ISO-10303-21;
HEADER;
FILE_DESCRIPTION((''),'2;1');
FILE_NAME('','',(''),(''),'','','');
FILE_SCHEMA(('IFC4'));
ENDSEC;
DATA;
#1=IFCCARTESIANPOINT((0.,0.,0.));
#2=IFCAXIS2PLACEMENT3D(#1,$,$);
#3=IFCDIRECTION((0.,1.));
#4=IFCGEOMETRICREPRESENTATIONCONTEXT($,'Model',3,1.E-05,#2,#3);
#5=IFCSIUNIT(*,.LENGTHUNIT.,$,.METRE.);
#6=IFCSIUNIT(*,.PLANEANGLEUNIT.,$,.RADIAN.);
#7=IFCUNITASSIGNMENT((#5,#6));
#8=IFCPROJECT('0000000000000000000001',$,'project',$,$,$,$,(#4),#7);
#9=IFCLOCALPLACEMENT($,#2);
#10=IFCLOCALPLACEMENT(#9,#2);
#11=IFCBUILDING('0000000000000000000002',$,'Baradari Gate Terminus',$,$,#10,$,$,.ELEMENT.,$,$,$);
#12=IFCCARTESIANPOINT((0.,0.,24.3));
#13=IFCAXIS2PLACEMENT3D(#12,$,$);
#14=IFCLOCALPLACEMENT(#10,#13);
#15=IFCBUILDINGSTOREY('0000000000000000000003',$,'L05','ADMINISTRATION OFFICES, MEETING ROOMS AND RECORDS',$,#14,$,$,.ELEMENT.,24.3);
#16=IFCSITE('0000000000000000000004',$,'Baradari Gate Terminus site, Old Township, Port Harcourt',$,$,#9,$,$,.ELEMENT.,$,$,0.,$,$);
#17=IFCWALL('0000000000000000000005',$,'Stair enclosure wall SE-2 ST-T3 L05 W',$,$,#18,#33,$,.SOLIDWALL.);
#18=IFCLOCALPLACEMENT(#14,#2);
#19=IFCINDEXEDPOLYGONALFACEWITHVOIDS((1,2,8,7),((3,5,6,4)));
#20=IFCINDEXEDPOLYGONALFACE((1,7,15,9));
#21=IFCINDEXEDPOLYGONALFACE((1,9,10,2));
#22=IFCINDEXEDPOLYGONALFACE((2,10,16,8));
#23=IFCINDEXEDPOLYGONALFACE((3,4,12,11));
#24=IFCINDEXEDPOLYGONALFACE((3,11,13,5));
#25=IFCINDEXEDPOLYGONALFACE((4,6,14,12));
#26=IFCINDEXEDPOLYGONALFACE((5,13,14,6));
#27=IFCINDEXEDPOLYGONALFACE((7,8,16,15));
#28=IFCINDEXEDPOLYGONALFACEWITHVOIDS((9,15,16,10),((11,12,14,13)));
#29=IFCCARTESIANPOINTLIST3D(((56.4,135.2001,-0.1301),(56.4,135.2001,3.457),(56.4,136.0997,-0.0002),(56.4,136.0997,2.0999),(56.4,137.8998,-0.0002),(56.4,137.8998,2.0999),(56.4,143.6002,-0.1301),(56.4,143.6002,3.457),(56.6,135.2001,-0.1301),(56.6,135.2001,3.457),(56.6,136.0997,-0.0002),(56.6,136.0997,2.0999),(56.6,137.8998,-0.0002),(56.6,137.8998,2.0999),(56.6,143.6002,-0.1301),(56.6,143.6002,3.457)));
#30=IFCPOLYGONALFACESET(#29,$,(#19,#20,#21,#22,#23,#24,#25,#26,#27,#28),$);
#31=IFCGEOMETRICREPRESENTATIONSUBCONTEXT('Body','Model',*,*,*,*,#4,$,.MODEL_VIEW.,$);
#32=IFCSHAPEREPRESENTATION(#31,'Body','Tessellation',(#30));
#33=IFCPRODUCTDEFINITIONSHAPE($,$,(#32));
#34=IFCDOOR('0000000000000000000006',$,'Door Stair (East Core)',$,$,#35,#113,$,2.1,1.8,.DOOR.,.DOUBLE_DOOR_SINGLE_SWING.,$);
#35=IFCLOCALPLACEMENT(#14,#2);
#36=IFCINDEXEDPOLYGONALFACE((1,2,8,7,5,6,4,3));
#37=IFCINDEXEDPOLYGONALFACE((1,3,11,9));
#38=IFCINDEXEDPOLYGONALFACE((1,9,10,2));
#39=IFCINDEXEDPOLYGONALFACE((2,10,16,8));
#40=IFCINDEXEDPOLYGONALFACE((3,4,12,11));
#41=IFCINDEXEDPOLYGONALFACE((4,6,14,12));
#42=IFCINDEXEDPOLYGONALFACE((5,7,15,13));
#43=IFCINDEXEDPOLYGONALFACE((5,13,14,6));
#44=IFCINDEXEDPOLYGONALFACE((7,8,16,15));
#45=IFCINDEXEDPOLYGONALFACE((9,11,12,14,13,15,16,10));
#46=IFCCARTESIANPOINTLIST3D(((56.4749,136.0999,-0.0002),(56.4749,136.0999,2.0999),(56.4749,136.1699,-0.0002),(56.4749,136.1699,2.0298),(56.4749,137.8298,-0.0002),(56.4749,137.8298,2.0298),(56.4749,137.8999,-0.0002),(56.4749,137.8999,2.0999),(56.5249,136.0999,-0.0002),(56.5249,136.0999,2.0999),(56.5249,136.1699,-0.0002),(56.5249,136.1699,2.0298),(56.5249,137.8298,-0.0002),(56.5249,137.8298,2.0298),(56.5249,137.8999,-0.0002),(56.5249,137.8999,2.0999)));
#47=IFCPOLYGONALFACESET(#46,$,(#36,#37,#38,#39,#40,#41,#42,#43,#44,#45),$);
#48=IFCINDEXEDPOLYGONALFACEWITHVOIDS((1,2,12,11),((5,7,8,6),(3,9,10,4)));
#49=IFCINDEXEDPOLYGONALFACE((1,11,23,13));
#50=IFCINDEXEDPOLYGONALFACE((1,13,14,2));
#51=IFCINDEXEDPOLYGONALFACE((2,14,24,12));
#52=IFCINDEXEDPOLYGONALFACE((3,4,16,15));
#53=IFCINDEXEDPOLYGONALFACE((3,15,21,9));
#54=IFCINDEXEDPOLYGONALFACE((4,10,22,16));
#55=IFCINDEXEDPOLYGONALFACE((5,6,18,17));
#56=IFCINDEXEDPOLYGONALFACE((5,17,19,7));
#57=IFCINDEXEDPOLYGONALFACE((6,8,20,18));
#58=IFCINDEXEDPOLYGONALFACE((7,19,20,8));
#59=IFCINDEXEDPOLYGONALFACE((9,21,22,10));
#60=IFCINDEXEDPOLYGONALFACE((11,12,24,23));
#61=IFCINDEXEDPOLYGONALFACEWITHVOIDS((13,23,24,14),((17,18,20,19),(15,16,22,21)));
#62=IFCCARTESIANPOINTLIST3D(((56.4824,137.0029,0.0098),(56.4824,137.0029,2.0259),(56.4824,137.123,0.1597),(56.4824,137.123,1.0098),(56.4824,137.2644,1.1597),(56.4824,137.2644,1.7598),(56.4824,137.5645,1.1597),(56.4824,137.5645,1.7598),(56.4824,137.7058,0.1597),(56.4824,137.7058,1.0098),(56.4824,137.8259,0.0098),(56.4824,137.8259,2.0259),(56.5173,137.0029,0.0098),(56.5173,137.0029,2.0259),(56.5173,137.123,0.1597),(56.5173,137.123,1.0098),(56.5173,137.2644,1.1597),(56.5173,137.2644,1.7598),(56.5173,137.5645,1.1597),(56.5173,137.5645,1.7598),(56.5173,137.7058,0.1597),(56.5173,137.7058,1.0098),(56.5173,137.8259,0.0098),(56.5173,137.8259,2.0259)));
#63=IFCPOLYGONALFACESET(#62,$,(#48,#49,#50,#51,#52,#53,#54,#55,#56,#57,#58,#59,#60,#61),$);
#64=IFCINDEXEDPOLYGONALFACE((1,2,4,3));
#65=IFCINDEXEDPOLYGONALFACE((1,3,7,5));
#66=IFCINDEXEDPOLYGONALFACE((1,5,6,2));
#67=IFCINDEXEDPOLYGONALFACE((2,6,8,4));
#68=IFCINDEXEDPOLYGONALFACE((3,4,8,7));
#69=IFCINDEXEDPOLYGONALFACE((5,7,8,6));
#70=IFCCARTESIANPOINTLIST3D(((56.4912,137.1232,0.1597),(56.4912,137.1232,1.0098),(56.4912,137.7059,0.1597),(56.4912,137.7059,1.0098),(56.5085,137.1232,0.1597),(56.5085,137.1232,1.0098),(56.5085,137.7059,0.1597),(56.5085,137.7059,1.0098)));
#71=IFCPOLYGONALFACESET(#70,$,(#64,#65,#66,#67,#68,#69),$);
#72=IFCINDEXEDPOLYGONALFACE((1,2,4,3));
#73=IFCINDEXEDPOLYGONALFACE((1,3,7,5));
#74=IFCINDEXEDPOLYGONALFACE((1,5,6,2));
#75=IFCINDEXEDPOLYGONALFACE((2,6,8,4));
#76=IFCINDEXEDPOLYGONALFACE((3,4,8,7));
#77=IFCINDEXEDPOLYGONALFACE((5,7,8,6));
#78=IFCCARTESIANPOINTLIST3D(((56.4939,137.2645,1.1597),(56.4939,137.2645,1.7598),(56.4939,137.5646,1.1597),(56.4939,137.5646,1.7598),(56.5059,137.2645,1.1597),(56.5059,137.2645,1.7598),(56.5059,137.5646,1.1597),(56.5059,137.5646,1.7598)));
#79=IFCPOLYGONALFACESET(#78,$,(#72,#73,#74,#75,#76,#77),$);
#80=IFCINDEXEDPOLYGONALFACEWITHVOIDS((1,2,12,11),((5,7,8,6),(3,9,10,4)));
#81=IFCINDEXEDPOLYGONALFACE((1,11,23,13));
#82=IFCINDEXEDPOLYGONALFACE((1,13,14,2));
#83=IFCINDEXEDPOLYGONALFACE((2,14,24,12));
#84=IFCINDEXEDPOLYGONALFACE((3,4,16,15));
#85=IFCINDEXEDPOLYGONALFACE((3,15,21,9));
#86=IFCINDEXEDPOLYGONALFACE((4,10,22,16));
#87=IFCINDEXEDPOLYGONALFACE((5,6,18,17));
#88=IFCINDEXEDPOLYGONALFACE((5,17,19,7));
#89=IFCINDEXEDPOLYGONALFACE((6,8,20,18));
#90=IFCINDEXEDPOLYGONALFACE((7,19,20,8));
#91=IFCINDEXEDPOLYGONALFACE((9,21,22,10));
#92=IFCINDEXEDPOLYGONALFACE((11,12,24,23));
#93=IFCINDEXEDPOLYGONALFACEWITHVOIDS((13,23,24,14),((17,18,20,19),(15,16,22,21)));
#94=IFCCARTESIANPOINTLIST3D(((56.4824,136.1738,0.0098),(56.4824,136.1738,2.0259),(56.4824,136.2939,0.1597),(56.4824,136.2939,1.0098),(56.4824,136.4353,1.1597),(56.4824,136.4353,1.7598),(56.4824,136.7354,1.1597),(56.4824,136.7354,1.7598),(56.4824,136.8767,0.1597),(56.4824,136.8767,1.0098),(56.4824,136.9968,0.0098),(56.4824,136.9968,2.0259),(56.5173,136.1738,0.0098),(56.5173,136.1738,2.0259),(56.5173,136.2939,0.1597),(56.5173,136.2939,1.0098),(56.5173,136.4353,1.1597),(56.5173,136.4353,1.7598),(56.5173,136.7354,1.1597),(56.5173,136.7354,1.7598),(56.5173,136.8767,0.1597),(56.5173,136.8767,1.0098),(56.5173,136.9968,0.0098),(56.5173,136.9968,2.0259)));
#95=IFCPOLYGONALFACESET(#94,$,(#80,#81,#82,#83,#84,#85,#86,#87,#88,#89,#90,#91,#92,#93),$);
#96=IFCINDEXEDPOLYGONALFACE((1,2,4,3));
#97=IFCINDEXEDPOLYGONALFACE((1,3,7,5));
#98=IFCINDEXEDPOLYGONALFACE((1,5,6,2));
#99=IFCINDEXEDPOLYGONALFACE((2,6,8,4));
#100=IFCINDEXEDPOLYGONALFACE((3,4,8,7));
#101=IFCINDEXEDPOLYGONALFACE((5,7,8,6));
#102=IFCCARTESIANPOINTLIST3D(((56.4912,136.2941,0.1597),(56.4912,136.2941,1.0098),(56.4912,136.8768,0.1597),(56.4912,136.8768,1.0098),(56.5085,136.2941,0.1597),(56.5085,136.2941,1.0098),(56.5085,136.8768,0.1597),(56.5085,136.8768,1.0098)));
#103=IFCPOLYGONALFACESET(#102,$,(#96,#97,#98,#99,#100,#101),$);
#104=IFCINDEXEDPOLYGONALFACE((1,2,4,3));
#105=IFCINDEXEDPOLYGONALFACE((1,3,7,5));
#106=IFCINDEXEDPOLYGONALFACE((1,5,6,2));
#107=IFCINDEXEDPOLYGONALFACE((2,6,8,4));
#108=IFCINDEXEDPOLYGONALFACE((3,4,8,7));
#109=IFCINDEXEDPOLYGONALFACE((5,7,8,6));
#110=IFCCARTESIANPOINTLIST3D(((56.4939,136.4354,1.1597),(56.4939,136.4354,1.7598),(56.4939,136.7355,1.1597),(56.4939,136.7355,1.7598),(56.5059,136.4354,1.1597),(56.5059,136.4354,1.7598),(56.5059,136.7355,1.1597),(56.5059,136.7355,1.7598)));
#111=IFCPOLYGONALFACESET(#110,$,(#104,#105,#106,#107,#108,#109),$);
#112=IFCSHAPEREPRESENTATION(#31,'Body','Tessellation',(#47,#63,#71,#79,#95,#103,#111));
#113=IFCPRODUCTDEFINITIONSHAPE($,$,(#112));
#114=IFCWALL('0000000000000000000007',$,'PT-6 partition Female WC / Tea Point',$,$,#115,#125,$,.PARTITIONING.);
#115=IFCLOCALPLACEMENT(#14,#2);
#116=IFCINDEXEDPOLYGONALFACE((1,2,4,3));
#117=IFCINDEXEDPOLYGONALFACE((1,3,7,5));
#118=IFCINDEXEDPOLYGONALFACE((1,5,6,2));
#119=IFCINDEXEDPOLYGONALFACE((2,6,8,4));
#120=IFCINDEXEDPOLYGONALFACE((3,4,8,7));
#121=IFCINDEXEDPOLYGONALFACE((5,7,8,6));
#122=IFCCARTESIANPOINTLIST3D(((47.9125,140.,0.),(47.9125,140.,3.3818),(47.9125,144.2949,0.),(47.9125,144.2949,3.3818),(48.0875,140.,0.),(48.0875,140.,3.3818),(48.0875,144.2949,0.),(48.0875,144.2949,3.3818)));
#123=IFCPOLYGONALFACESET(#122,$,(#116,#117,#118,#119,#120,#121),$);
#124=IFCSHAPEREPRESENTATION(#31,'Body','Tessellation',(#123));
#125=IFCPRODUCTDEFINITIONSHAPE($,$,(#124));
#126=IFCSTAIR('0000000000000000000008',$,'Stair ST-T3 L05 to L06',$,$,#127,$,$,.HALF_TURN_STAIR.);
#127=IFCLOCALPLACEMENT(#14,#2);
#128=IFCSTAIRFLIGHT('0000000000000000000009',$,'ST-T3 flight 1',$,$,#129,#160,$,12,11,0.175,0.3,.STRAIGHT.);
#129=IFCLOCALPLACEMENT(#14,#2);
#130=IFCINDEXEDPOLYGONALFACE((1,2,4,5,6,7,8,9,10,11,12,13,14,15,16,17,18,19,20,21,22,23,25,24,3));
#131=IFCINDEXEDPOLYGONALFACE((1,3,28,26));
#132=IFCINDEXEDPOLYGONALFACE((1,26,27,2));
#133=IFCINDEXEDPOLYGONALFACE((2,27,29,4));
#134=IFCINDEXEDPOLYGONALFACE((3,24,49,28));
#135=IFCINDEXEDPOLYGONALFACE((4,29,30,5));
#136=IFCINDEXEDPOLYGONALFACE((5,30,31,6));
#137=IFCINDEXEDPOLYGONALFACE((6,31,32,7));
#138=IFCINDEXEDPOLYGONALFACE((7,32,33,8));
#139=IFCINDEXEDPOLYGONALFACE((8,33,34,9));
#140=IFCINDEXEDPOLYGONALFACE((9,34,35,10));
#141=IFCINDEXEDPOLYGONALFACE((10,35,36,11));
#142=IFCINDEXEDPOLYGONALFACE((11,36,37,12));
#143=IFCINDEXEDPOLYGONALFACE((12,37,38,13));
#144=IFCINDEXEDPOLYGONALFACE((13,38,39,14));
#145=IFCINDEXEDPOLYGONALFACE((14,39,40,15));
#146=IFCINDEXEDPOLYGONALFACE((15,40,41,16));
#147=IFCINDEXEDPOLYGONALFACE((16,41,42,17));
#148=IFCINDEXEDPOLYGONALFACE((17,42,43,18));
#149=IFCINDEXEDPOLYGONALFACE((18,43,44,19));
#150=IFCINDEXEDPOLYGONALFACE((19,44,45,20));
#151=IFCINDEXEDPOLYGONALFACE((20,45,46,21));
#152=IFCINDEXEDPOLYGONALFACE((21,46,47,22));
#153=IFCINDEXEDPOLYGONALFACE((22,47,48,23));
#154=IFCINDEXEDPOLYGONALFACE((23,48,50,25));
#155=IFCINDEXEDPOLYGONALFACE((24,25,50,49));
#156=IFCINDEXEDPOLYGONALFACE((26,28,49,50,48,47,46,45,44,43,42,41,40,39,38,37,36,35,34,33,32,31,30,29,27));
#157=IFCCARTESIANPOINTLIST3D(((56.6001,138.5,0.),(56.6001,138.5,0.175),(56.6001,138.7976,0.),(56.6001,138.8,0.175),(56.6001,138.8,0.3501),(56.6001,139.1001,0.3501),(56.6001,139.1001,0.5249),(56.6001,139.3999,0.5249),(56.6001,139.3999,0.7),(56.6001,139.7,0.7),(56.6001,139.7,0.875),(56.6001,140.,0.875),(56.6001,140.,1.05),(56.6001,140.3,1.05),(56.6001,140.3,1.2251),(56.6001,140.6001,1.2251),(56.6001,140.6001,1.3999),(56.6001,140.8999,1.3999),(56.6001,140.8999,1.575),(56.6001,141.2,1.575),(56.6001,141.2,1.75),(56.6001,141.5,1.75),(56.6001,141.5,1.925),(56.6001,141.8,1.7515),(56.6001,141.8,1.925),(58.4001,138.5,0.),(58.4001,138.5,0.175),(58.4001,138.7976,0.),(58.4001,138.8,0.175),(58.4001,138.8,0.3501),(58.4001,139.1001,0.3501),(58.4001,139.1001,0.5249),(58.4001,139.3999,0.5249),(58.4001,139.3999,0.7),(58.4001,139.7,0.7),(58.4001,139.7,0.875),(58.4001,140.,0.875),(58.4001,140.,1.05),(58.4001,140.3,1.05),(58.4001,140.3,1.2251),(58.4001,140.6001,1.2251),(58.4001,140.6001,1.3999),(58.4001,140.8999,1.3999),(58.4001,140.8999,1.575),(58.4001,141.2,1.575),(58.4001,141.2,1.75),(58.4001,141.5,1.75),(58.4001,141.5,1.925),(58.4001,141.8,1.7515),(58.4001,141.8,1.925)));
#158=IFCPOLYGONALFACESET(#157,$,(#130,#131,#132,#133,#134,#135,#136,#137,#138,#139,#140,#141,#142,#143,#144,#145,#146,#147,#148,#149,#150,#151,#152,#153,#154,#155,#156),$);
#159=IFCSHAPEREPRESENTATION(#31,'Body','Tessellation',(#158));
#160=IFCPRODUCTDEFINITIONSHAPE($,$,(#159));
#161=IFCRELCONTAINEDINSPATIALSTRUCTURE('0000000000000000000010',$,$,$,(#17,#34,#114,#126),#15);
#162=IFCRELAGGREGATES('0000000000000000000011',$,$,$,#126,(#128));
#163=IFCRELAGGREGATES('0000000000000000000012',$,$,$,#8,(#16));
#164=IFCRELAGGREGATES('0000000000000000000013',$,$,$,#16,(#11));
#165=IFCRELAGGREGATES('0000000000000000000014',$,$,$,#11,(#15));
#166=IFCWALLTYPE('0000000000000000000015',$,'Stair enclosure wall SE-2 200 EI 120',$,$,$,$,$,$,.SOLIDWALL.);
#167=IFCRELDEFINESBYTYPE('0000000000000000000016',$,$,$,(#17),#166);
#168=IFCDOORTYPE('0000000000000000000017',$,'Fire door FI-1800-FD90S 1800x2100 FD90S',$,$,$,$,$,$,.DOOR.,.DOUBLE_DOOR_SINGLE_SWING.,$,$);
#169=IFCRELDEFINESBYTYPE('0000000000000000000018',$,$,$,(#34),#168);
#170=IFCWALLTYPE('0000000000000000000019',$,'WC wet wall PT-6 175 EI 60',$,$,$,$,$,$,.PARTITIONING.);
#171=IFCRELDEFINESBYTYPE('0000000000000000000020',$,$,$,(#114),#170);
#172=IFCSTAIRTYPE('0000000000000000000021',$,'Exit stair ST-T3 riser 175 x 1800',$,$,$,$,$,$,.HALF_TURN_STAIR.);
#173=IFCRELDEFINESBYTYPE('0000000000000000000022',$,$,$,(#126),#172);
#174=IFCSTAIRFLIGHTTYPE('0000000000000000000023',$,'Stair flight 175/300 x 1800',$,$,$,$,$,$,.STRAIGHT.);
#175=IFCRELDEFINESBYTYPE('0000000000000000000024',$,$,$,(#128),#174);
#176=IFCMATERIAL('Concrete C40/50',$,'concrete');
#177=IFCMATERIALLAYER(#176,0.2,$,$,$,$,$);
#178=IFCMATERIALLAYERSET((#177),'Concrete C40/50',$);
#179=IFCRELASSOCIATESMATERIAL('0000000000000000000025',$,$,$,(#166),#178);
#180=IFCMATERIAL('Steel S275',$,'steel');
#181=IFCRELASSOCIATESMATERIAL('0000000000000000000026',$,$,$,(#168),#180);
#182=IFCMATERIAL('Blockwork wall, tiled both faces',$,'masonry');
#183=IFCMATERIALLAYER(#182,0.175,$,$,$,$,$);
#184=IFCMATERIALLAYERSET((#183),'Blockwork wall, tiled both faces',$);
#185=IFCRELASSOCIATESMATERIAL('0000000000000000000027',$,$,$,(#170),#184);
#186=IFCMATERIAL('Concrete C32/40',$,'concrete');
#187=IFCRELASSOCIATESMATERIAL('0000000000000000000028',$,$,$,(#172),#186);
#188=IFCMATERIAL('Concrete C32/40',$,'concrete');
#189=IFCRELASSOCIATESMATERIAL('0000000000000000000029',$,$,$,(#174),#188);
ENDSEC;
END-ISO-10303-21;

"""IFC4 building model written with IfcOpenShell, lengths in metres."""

from ifc_helpers import new_model, si_unit, direction, frame, frame_2d, origin, place, context, subcontext, project, spatial, polyline, rectangle, outline, extrude, material, layer, layer_set, type_object, element, fill, aggregate, save


model = new_model("IFC4")

# Units and contexts
model_context = context("Model", 3, precision=1e-05, world=origin(), true_north=direction((0.0, 1.0)))
body_context = subcontext(model_context, "Body", "Model", "MODEL_VIEW")
ifc_project = project(units=[si_unit("LENGTHUNIT", "METRE"), si_unit("PLANEANGLEUNIT", "RADIAN")], contexts=[model_context])

# Site, building, storey
site_placement = place(None, origin())
site = spatial("IfcSite", under=ifc_project, at=site_placement, Name="Baradari Gate Terminus site, Old Township, Port Harcourt", CompositionType="ELEMENT", RefElevation=0.0)
building_placement = place(site_placement, origin())
building = spatial("IfcBuilding", under=site, at=building_placement, Name="Baradari Gate Terminus", CompositionType="ELEMENT")
storey_placement = place(building_placement, frame((0.0, 0.0, 24.3)))
storey = spatial("IfcBuildingStorey", under=building, at=storey_placement, Name="L05", Description="ADMINISTRATION OFFICES, MEETING ROOMS AND RECORDS", CompositionType="ELEMENT", Elevation=24.3)

# Shared definitions
ifc_material_1 = material(Name="Concrete C40/50", Category="concrete")
ifc_layer_1 = layer(ifc_material_1, 0.2)
ifc_layer_set_1 = layer_set([ifc_layer_1], Name="Concrete C40/50")
wall_type_1 = type_object("IfcWallType", Name="Stair enclosure wall SE-2 200 EI 120", PredefinedType="SOLIDWALL", material=ifc_layer_set_1)
ifc_material_2 = material(Name="Steel S275", Category="steel")
door_type = type_object("IfcDoorType", Name="Fire door FI-1800-FD90S 1800x2100 FD90S", OperationType="DOUBLE_DOOR_SINGLE_SWING", PredefinedType="DOOR", material=ifc_material_2)

# Wall, opening, door
wall_1_placement = place(storey_placement, frame((56.5, 135.2, -0.1301), z_axis=(0.0, 0.0, 1.0), x_axis=(0.0, 1.0, 0.0)))
wall_1 = element("IfcWall", 1, at=wall_1_placement, inside=storey, type_object=wall_type_1, Name="Stair enclosure wall SE-2 ST-T3 L05 W", PredefinedType="SOLIDWALL", context=body_context, shape_type="SweptSolid", body=[
    extrude(rectangle(XDim=8.4001, YDim=0.2, at=frame_2d((4.2002, 0.0))), origin(), (0.0, 0.0, 1.0), 3.5872),
])
opening_1_placement = place(wall_1_placement, frame((0.8999, 0.0, 0.1299)))
opening_1 = element("IfcOpeningElement", 2, at=opening_1_placement, cuts=wall_1, PredefinedType="OPENING", context=body_context, shape_type="SweptSolid", body=[
    extrude(rectangle(XDim=1.8, YDim=2.1001, at=frame_2d((0.8999, 1.05))), frame((0.0, 0.1099, 0.0), z_axis=(0.0, -1.0, 0.0), x_axis=(1.0, 0.0, 0.0)), (0.0, 0.0, 1.0), 0.22),
])
door_1_placement = place(opening_1_placement, frame((1.8, 0.0, 0.0), z_axis=(0.0, 0.0, 1.0), x_axis=(-1.0, 0.0, 0.0)))
door_1 = element("IfcDoor", 3, at=door_1_placement, inside=storey, type_object=door_type, Name="Door Stair (East Core)", OperationType="DOUBLE_DOOR_SINGLE_SWING", OverallHeight=2.1, OverallWidth=1.8, PredefinedType="DOOR", context=body_context, shape_type="SweptSolid", body=[
    extrude(outline(polyline([(0.0, 0.0), (0.0701, 0.0), (0.0701, 2.03), (1.73, 2.03), (1.73, 0.0), (1.8, 0.0), (1.8, 2.1001), (0.0, 2.1001), (0.0, 0.0)])), frame((0.0, 0.0249, 0.0), z_axis=(0.0, -1.0, 0.0), x_axis=(1.0, 0.0, 0.0)), (0.0, 0.0, 1.0), 0.05),
    extrude(outline(polyline([(0.074, 0.01), (0.897, 0.01), (0.897, 2.0261), (0.074, 2.0261), (0.074, 0.01)]), holes=[polyline([(0.1941, 0.1599), (0.7769, 0.1599), (0.7769, 1.01), (0.1941, 1.01), (0.1941, 0.1599)]), polyline([(0.3354, 1.1599), (0.6355, 1.1599), (0.6355, 1.76), (0.3354, 1.76), (0.3354, 1.1599)])]), frame((0.0, 0.0173, 0.0), z_axis=(0.0, -1.0, 0.0), x_axis=(1.0, 0.0, 0.0)), (0.0, 0.0, 1.0), 0.0349),
    extrude(rectangle(XDim=0.5828, YDim=0.8501, at=frame_2d((0.4854, 0.585))), frame((0.0, 0.0085, 0.0), z_axis=(0.0, -1.0, 0.0), x_axis=(1.0, 0.0, 0.0)), (0.0, 0.0, 1.0), 0.0173),
    extrude(rectangle(XDim=0.3, YDim=0.6001, at=frame_2d((0.4854, 1.46))), frame((0.0, 0.0059, 0.0), z_axis=(0.0, -1.0, 0.0), x_axis=(1.0, 0.0, 0.0)), (0.0, 0.0, 1.0), 0.012),
    extrude(outline(polyline([(0.9031, 0.01), (1.7261, 0.01), (1.7261, 2.0261), (0.9031, 2.0261), (0.9031, 0.01)]), holes=[polyline([(1.0232, 0.1599), (1.606, 0.1599), (1.606, 1.01), (1.0232, 1.01), (1.0232, 0.1599)]), polyline([(1.1646, 1.1599), (1.4646, 1.1599), (1.4646, 1.76), (1.1646, 1.76), (1.1646, 1.1599)])]), frame((0.0, 0.0173, 0.0), z_axis=(0.0, -1.0, 0.0), x_axis=(1.0, 0.0, 0.0)), (0.0, 0.0, 1.0), 0.0349),
    extrude(rectangle(XDim=0.5828, YDim=0.8501, at=frame_2d((1.3145, 0.585))), frame((0.0, 0.0085, 0.0), z_axis=(0.0, -1.0, 0.0), x_axis=(1.0, 0.0, 0.0)), (0.0, 0.0, 1.0), 0.0173),
    extrude(rectangle(XDim=0.3, YDim=0.6001, at=frame_2d((1.3145, 1.46))), frame((0.0, 0.0059, 0.0), z_axis=(0.0, -1.0, 0.0), x_axis=(1.0, 0.0, 0.0)), (0.0, 0.0, 1.0), 0.012),
])
fill(opening_1, door_1)

# Wall
ifc_material_3 = material(Name="Blockwork wall, tiled both faces", Category="masonry")
ifc_layer_2 = layer(ifc_material_3, 0.175)
ifc_layer_set_2 = layer_set([ifc_layer_2], Name="Blockwork wall, tiled both faces")
wall_type_2 = type_object("IfcWallType", Name="WC wet wall PT-6 175 EI 60", PredefinedType="PARTITIONING", material=ifc_layer_set_2)
wall_2_placement = place(storey_placement, frame((48.0, 144.2949, 0.0), z_axis=(0.0, 0.0, 1.0), x_axis=(0.0, -1.0, 0.0)))
element("IfcWall", 4, at=wall_2_placement, inside=storey, type_object=wall_type_2, Name="PT-6 partition Female WC / Tea Point", PredefinedType="PARTITIONING", context=body_context, shape_type="SweptSolid", body=[
    extrude(rectangle(XDim=4.2949, YDim=0.175, at=frame_2d((2.1475, 0.0))), origin(), (0.0, 0.0, 1.0), 3.3818),
])

# Stair, stair flight
ifc_material_4 = material(Name="Concrete C32/40", Category="concrete")
stair_type = type_object("IfcStairType", Name="Exit stair ST-T3 riser 175 x 1800", PredefinedType="HALF_TURN_STAIR", material=ifc_material_4)
stair_placement = place(storey_placement, origin())
stair = element("IfcStair", 5, at=stair_placement, inside=storey, type_object=stair_type, Name="Stair ST-T3 L05 to L06", PredefinedType="HALF_TURN_STAIR")
ifc_material_5 = material(Name="Concrete C32/40", Category="concrete")
stair_flight_type = type_object("IfcStairFlightType", Name="Stair flight 175/300 x 1800", PredefinedType="STRAIGHT", material=ifc_material_5)
stair_flight_placement = place(storey_placement, frame((57.5, 138.5, 0.0), z_axis=(0.0, 0.0, 1.0), x_axis=(0.0, 1.0, 0.0)))
stair_flight = element("IfcStairFlight", 6, at=stair_flight_placement, type_object=stair_flight_type, Name="ST-T3 flight 1", NumberOfRisers=12, NumberOfTreads=11, PredefinedType="STRAIGHT", RiserHeight=0.175, TreadLength=0.3, context=body_context, shape_type="SweptSolid", body=[
    extrude(outline(polyline([(0.0, 0.0), (0.0, 0.175), (0.3, 0.175), (0.3, 0.3501), (0.6001, 0.3501), (0.6001, 0.5249), (0.8999, 0.5249), (0.8999, 0.7), (1.2, 0.7), (1.2, 0.875), (1.5, 0.875), (1.5, 1.05), (1.8, 1.05), (1.8, 1.2251), (2.1001, 1.2251), (2.1001, 1.3999), (2.3999, 1.3999), (2.3999, 1.575), (2.7, 1.575), (2.7, 1.75), (3.0, 1.75), (3.0, 1.925), (3.3, 1.925), (3.3, 2.1001), (3.3, 1.7515), (0.2976, 0.0), (0.0, 0.0)])), frame((0.0, 0.8999, 0.0), z_axis=(0.0, -1.0, 0.0), x_axis=(1.0, 0.0, 0.0)), (0.0, 0.0, 1.0), 1.8),
])
aggregate(stair, [stair_flight])

save(model, "model.ifc")
